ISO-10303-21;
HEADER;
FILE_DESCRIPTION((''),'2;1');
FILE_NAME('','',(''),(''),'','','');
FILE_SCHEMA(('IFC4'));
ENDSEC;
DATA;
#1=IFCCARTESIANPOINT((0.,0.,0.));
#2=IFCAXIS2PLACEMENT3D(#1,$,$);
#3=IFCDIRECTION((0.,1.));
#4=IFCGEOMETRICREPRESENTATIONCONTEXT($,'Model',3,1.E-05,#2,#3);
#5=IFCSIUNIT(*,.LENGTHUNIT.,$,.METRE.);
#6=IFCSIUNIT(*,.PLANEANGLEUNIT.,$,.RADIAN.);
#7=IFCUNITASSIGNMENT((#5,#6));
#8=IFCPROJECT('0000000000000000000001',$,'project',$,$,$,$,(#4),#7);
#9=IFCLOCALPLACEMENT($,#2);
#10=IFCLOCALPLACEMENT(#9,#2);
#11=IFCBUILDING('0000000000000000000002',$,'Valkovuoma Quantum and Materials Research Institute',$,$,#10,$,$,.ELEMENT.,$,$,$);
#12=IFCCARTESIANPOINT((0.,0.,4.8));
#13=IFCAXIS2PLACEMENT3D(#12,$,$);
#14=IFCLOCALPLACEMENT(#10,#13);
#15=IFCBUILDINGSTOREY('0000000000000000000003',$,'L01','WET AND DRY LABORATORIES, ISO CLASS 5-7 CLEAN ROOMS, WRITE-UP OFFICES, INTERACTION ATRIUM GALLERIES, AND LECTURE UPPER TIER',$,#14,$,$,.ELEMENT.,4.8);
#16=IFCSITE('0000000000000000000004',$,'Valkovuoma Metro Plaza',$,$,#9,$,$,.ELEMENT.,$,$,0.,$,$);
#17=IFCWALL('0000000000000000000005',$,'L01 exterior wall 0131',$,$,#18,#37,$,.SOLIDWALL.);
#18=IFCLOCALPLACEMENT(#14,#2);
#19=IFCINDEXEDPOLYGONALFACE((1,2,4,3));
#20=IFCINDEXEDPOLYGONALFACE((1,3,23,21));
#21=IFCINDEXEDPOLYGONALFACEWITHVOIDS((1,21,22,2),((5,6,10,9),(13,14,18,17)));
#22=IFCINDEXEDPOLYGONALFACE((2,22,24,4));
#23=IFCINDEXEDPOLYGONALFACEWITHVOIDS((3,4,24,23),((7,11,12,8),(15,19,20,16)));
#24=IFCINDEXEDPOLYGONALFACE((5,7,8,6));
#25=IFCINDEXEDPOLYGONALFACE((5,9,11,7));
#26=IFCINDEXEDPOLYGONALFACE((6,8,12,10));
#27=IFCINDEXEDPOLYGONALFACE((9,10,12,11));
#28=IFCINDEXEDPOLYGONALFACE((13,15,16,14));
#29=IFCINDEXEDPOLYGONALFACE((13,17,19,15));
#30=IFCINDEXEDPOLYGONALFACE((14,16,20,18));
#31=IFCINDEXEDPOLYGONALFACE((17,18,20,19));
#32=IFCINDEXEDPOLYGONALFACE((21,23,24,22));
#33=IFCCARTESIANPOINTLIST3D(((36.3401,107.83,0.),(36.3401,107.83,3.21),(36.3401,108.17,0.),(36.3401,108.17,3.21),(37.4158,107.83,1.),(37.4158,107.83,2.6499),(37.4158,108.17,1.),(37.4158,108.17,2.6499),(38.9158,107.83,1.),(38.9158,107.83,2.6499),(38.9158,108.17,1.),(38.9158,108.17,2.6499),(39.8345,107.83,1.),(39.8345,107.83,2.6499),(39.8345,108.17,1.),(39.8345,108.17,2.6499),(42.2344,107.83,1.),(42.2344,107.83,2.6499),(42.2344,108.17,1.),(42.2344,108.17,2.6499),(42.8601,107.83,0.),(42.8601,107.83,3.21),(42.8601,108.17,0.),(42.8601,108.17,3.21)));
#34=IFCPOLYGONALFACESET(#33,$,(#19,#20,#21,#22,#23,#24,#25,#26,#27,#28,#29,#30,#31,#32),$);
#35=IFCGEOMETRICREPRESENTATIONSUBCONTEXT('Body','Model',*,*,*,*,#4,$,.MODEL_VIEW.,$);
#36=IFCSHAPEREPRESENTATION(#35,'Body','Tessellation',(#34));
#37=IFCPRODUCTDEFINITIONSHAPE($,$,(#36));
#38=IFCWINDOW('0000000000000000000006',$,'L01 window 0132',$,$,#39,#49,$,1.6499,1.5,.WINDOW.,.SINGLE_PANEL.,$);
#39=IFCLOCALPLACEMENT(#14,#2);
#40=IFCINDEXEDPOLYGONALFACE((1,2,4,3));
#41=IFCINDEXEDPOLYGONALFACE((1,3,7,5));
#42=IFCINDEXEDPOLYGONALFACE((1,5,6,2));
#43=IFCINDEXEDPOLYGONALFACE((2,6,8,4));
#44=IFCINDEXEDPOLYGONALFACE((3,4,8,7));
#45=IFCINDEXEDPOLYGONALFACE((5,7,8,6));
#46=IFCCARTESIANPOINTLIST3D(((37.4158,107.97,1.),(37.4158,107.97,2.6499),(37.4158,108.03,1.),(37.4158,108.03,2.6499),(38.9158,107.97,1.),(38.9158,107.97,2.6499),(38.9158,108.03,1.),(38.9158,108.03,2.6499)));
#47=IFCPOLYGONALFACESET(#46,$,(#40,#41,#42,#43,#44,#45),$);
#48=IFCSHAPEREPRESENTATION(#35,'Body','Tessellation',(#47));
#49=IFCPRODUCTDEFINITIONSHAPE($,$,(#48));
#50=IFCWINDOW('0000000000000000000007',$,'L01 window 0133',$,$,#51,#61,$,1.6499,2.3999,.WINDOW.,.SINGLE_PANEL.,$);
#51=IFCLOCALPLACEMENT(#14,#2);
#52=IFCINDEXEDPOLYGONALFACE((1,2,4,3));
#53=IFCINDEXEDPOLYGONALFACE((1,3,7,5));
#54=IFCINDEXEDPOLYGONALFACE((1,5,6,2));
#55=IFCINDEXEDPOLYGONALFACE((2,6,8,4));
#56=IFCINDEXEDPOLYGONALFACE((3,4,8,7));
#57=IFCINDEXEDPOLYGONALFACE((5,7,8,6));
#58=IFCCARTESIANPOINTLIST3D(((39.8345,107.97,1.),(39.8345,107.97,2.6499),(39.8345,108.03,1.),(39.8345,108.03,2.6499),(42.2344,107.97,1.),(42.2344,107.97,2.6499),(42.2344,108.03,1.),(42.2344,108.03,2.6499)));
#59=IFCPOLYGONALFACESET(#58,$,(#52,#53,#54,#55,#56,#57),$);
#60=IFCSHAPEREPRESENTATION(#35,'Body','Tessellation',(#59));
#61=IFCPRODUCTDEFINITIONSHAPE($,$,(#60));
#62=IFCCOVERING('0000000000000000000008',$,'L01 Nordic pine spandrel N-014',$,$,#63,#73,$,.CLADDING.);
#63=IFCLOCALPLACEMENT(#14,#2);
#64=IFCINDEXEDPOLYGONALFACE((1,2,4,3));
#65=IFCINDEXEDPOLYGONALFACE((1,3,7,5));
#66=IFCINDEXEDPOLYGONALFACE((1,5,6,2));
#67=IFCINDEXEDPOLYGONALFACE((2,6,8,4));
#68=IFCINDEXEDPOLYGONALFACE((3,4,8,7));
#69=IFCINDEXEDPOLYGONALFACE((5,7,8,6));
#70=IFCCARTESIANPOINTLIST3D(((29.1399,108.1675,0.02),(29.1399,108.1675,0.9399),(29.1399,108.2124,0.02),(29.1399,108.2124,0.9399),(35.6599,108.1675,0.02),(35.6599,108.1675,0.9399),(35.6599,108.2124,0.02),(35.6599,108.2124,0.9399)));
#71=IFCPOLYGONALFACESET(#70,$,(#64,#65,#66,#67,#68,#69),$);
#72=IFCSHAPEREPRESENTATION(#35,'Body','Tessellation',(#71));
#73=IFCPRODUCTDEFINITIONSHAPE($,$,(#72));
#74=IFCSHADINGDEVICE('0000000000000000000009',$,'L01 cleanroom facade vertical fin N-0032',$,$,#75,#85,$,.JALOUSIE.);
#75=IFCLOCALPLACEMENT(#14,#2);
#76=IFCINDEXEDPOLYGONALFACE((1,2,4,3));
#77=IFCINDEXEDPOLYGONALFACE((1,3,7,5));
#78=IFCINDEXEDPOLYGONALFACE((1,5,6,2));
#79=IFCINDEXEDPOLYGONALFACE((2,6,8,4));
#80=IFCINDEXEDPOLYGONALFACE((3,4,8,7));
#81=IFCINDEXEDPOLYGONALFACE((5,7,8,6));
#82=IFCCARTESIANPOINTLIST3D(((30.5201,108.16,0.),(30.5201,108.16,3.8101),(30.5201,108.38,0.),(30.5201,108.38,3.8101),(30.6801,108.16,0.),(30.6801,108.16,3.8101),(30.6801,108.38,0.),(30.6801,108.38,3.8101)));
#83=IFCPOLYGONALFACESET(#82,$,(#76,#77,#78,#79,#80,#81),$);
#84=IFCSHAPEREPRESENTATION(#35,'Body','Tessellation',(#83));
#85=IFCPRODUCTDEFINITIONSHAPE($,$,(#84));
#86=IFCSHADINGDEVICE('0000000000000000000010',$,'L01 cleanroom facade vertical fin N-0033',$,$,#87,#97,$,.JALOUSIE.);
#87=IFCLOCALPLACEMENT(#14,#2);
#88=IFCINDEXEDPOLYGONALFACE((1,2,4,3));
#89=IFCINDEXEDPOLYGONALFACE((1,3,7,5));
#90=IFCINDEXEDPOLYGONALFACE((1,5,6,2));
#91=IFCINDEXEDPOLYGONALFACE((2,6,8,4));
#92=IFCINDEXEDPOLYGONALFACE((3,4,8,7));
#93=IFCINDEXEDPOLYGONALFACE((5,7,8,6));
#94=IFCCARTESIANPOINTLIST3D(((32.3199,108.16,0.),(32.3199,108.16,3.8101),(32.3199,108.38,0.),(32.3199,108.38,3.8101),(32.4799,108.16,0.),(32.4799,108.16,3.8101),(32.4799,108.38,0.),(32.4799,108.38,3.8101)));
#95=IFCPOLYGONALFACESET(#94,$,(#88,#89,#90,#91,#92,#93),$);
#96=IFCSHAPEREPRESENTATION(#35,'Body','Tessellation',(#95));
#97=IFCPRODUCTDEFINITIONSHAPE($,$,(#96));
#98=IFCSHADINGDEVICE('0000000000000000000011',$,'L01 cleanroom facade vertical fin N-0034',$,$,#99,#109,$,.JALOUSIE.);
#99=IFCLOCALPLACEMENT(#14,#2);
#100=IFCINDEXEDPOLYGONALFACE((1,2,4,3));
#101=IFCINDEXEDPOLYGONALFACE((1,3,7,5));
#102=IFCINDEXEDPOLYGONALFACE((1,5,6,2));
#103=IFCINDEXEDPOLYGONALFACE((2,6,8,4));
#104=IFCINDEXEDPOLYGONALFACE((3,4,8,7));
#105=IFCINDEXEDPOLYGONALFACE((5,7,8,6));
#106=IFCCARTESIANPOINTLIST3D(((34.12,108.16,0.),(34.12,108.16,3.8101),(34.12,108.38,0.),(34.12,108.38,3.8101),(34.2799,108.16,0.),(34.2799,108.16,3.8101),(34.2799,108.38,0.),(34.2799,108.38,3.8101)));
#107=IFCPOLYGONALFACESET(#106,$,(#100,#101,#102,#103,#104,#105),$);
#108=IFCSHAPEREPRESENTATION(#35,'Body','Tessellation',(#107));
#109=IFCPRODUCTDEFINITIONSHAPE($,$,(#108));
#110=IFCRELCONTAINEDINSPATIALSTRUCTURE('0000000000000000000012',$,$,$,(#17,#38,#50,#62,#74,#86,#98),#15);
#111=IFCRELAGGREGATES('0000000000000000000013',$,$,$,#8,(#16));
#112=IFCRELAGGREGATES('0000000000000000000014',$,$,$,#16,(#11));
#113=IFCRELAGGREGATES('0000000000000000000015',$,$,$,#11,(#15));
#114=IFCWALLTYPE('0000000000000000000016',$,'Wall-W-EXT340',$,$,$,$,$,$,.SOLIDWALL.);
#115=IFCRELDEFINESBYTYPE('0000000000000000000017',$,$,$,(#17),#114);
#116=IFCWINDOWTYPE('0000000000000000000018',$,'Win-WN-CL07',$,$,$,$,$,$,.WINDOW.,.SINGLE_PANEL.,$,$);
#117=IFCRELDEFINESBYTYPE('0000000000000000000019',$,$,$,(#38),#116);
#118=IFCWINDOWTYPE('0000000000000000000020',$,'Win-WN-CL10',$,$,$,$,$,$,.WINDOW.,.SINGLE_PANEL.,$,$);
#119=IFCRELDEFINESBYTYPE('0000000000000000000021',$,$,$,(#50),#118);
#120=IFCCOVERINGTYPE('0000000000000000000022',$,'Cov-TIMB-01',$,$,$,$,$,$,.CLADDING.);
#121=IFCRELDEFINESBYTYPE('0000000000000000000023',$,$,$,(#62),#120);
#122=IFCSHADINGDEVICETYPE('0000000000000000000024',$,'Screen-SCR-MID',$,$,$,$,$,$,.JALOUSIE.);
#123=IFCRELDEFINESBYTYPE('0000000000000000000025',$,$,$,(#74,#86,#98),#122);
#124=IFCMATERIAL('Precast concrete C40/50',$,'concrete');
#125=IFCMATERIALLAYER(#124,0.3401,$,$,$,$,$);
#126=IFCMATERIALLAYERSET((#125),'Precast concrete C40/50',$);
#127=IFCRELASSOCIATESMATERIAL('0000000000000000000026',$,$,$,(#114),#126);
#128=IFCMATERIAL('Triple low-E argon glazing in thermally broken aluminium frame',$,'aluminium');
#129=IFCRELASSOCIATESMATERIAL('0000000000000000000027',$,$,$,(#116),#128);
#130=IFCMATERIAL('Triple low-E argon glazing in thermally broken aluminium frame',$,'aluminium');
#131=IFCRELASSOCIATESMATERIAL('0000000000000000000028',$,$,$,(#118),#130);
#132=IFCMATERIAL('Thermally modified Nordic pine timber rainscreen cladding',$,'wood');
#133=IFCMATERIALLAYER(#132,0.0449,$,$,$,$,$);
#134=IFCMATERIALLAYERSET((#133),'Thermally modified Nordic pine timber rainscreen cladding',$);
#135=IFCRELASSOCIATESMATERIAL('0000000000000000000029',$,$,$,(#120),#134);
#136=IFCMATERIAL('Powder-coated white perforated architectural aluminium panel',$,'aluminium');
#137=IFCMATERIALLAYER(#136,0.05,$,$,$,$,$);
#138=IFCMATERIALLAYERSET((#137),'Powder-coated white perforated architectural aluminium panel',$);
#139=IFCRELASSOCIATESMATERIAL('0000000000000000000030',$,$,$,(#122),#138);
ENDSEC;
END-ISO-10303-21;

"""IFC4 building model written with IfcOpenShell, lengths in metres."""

from ifc_helpers import new_model, si_unit, direction, frame, frame_2d, origin, origin_2d, place, context, subcontext, project, spatial, rectangle, extrude, material, layer, layer_set, type_object, element, fill, save


model = new_model("IFC4")

# Units and contexts
model_context = context("Model", 3, precision=1e-05, world=origin(), true_north=direction((0.0, 1.0)))
body_context = subcontext(model_context, "Body", "Model", "MODEL_VIEW")
ifc_project = project(units=[si_unit("LENGTHUNIT", "METRE"), si_unit("PLANEANGLEUNIT", "RADIAN")], contexts=[model_context])

# Site, building, storey
site_placement = place(None, origin())
site = spatial("IfcSite", under=ifc_project, at=site_placement, Name="Valkovuoma Metro Plaza", CompositionType="ELEMENT", RefElevation=0.0)
building_placement = place(site_placement, origin())
building = spatial("IfcBuilding", under=site, at=building_placement, Name="Valkovuoma Quantum and Materials Research Institute", CompositionType="ELEMENT")
storey_placement = place(building_placement, frame((0.0, 0.0, 4.8)))
storey = spatial("IfcBuildingStorey", under=building, at=storey_placement, Name="L01", Description="WET AND DRY LABORATORIES, ISO CLASS 5-7 CLEAN ROOMS, WRITE-UP OFFICES, INTERACTION ATRIUM GALLERIES, AND LECTURE UPPER TIER", CompositionType="ELEMENT", Elevation=4.8)

# Wall, openings, windows
ifc_material_1 = material(Name="Precast concrete C40/50", Category="concrete")
ifc_layer_1 = layer(ifc_material_1, 0.3401)
ifc_layer_set_1 = layer_set([ifc_layer_1], Name="Precast concrete C40/50")
wall_type = type_object("IfcWallType", Name="Wall-W-EXT340", PredefinedType="SOLIDWALL", material=ifc_layer_set_1)
wall_1_placement = place(storey_placement, frame((36.3401, 108.0, 0.0), z_axis=(0.0, 0.0, 1.0), x_axis=(1.0, 0.0, 0.0)))
wall_1 = element("IfcWall", 1, at=wall_1_placement, inside=storey, type_object=wall_type, Name="L01 exterior wall 0131", PredefinedType="SOLIDWALL", context=body_context, shape_type="SweptSolid", body=[
    extrude(rectangle(XDim=6.52, YDim=0.3401, at=frame_2d((3.26, 0.0))), origin(), (0.0, 0.0, 1.0), 3.21),
])
opening_1_placement = place(wall_1_placement, frame((1.0757, 0.0, 1.0)))
opening_1 = element("IfcOpeningElement", 2, at=opening_1_placement, cuts=wall_1, PredefinedType="OPENING", context=body_context, shape_type="SweptSolid", body=[
    extrude(rectangle(XDim=1.5, YDim=1.6499, at=frame_2d((0.75, 0.825))), frame((0.0, 0.1802, 0.0), z_axis=(0.0, -1.0, 0.0), x_axis=(1.0, 0.0, 0.0)), (0.0, 0.0, 1.0), 0.3601),
])
opening_2_placement = place(wall_1_placement, frame((3.4944, 0.0, 1.0)))
opening_2 = element("IfcOpeningElement", 3, at=opening_2_placement, cuts=wall_1, PredefinedType="OPENING", context=body_context, shape_type="SweptSolid", body=[
    extrude(rectangle(XDim=2.3999, YDim=1.6499, at=frame_2d((1.2, 0.825))), frame((0.0, 0.1802, 0.0), z_axis=(0.0, -1.0, 0.0), x_axis=(1.0, 0.0, 0.0)), (0.0, 0.0, 1.0), 0.3601),
])
ifc_material_2 = material(Name="Triple low-E argon glazing in thermally broken aluminium frame", Category="aluminium")
window_type_1 = type_object("IfcWindowType", Name="Win-WN-CL07", PartitioningType="SINGLE_PANEL", PredefinedType="WINDOW", material=ifc_material_2)
window_1_placement = place(opening_1_placement, origin())
window_1 = element("IfcWindow", 4, at=window_1_placement, inside=storey, type_object=window_type_1, Name="L01 window 0132", OverallHeight=1.6499, OverallWidth=1.5, PartitioningType="SINGLE_PANEL", PredefinedType="WINDOW", context=body_context, shape_type="SweptSolid", body=[
    extrude(rectangle(XDim=1.5, YDim=1.6499, at=frame_2d((0.75, 0.825))), frame((0.0, 0.03, 0.0), z_axis=(0.0, -1.0, 0.0), x_axis=(1.0, 0.0, 0.0)), (0.0, 0.0, 1.0), 0.0601),
])
fill(opening_1, window_1)
ifc_material_3 = material(Name="Triple low-E argon glazing in thermally broken aluminium frame", Category="aluminium")
window_type_2 = type_object("IfcWindowType", Name="Win-WN-CL10", PartitioningType="SINGLE_PANEL", PredefinedType="WINDOW", material=ifc_material_3)
window_2_placement = place(opening_2_placement, origin())
window_2 = element("IfcWindow", 5, at=window_2_placement, inside=storey, type_object=window_type_2, Name="L01 window 0133", OverallHeight=1.6499, OverallWidth=2.3999, PartitioningType="SINGLE_PANEL", PredefinedType="WINDOW", context=body_context, shape_type="SweptSolid", body=[
    extrude(rectangle(XDim=2.3999, YDim=1.6499, at=frame_2d((1.2, 0.825))), frame((0.0, 0.03, 0.0), z_axis=(0.0, -1.0, 0.0), x_axis=(1.0, 0.0, 0.0)), (0.0, 0.0, 1.0), 0.0601),
])
fill(opening_2, window_2)

# Covering
ifc_material_4 = material(Name="Thermally modified Nordic pine timber rainscreen cladding", Category="wood")
ifc_layer_2 = layer(ifc_material_4, 0.0449)
ifc_layer_set_2 = layer_set([ifc_layer_2], Name="Thermally modified Nordic pine timber rainscreen cladding")
covering_type = type_object("IfcCoveringType", Name="Cov-TIMB-01", PredefinedType="CLADDING", material=ifc_layer_set_2)
covering_placement = place(storey_placement, frame((32.3999, 108.1899, 0.02), z_axis=(0.0, 0.0, 1.0), x_axis=(1.0, 0.0, 0.0)))
element("IfcCovering", 6, at=covering_placement, inside=storey, type_object=covering_type, Name="L01 Nordic pine spandrel N-014", PredefinedType="CLADDING", context=body_context, shape_type="SweptSolid", body=[
    extrude(rectangle(XDim=6.52, YDim=0.0449, at=origin_2d()), origin(), (0.0, 0.0, 1.0), 0.9199),
])

# Shading devices
ifc_material_5 = material(Name="Powder-coated white perforated architectural aluminium panel", Category="aluminium")
ifc_layer_3 = layer(ifc_material_5, 0.05)
ifc_layer_set_3 = layer_set([ifc_layer_3], Name="Powder-coated white perforated architectural aluminium panel")
shading_device_type = type_object("IfcShadingDeviceType", Name="Screen-SCR-MID", PredefinedType="JALOUSIE", material=ifc_layer_set_3)
for number, where, z_axis, x_axis, name in (
    (7, (30.6001, 108.27, 0.0), (0.0, 0.0, 1.0), (1.0, 0.0, 0.0), "L01 cleanroom facade vertical fin N-0032"),
    (8, (32.3999, 108.27, 0.0), (0.0, 0.0, 1.0), (1.0, 0.0, 0.0), "L01 cleanroom facade vertical fin N-0033"),
    (9, (34.2, 108.27, 0.0), (0.0, 0.0, 1.0), (1.0, 0.0, 0.0), "L01 cleanroom facade vertical fin N-0034"),
):
    element("IfcShadingDevice", number, at=place(storey_placement, frame(where, z_axis=z_axis, x_axis=x_axis)), inside=storey, type_object=shading_device_type, Name=name, PredefinedType="JALOUSIE", context=body_context, shape_type="SweptSolid", body=[
        extrude(rectangle(XDim=0.1599, YDim=0.22, at=origin_2d()), origin(), (0.0, 0.0, 1.0), 3.8101),
    ])

save(model, "model.ifc")
